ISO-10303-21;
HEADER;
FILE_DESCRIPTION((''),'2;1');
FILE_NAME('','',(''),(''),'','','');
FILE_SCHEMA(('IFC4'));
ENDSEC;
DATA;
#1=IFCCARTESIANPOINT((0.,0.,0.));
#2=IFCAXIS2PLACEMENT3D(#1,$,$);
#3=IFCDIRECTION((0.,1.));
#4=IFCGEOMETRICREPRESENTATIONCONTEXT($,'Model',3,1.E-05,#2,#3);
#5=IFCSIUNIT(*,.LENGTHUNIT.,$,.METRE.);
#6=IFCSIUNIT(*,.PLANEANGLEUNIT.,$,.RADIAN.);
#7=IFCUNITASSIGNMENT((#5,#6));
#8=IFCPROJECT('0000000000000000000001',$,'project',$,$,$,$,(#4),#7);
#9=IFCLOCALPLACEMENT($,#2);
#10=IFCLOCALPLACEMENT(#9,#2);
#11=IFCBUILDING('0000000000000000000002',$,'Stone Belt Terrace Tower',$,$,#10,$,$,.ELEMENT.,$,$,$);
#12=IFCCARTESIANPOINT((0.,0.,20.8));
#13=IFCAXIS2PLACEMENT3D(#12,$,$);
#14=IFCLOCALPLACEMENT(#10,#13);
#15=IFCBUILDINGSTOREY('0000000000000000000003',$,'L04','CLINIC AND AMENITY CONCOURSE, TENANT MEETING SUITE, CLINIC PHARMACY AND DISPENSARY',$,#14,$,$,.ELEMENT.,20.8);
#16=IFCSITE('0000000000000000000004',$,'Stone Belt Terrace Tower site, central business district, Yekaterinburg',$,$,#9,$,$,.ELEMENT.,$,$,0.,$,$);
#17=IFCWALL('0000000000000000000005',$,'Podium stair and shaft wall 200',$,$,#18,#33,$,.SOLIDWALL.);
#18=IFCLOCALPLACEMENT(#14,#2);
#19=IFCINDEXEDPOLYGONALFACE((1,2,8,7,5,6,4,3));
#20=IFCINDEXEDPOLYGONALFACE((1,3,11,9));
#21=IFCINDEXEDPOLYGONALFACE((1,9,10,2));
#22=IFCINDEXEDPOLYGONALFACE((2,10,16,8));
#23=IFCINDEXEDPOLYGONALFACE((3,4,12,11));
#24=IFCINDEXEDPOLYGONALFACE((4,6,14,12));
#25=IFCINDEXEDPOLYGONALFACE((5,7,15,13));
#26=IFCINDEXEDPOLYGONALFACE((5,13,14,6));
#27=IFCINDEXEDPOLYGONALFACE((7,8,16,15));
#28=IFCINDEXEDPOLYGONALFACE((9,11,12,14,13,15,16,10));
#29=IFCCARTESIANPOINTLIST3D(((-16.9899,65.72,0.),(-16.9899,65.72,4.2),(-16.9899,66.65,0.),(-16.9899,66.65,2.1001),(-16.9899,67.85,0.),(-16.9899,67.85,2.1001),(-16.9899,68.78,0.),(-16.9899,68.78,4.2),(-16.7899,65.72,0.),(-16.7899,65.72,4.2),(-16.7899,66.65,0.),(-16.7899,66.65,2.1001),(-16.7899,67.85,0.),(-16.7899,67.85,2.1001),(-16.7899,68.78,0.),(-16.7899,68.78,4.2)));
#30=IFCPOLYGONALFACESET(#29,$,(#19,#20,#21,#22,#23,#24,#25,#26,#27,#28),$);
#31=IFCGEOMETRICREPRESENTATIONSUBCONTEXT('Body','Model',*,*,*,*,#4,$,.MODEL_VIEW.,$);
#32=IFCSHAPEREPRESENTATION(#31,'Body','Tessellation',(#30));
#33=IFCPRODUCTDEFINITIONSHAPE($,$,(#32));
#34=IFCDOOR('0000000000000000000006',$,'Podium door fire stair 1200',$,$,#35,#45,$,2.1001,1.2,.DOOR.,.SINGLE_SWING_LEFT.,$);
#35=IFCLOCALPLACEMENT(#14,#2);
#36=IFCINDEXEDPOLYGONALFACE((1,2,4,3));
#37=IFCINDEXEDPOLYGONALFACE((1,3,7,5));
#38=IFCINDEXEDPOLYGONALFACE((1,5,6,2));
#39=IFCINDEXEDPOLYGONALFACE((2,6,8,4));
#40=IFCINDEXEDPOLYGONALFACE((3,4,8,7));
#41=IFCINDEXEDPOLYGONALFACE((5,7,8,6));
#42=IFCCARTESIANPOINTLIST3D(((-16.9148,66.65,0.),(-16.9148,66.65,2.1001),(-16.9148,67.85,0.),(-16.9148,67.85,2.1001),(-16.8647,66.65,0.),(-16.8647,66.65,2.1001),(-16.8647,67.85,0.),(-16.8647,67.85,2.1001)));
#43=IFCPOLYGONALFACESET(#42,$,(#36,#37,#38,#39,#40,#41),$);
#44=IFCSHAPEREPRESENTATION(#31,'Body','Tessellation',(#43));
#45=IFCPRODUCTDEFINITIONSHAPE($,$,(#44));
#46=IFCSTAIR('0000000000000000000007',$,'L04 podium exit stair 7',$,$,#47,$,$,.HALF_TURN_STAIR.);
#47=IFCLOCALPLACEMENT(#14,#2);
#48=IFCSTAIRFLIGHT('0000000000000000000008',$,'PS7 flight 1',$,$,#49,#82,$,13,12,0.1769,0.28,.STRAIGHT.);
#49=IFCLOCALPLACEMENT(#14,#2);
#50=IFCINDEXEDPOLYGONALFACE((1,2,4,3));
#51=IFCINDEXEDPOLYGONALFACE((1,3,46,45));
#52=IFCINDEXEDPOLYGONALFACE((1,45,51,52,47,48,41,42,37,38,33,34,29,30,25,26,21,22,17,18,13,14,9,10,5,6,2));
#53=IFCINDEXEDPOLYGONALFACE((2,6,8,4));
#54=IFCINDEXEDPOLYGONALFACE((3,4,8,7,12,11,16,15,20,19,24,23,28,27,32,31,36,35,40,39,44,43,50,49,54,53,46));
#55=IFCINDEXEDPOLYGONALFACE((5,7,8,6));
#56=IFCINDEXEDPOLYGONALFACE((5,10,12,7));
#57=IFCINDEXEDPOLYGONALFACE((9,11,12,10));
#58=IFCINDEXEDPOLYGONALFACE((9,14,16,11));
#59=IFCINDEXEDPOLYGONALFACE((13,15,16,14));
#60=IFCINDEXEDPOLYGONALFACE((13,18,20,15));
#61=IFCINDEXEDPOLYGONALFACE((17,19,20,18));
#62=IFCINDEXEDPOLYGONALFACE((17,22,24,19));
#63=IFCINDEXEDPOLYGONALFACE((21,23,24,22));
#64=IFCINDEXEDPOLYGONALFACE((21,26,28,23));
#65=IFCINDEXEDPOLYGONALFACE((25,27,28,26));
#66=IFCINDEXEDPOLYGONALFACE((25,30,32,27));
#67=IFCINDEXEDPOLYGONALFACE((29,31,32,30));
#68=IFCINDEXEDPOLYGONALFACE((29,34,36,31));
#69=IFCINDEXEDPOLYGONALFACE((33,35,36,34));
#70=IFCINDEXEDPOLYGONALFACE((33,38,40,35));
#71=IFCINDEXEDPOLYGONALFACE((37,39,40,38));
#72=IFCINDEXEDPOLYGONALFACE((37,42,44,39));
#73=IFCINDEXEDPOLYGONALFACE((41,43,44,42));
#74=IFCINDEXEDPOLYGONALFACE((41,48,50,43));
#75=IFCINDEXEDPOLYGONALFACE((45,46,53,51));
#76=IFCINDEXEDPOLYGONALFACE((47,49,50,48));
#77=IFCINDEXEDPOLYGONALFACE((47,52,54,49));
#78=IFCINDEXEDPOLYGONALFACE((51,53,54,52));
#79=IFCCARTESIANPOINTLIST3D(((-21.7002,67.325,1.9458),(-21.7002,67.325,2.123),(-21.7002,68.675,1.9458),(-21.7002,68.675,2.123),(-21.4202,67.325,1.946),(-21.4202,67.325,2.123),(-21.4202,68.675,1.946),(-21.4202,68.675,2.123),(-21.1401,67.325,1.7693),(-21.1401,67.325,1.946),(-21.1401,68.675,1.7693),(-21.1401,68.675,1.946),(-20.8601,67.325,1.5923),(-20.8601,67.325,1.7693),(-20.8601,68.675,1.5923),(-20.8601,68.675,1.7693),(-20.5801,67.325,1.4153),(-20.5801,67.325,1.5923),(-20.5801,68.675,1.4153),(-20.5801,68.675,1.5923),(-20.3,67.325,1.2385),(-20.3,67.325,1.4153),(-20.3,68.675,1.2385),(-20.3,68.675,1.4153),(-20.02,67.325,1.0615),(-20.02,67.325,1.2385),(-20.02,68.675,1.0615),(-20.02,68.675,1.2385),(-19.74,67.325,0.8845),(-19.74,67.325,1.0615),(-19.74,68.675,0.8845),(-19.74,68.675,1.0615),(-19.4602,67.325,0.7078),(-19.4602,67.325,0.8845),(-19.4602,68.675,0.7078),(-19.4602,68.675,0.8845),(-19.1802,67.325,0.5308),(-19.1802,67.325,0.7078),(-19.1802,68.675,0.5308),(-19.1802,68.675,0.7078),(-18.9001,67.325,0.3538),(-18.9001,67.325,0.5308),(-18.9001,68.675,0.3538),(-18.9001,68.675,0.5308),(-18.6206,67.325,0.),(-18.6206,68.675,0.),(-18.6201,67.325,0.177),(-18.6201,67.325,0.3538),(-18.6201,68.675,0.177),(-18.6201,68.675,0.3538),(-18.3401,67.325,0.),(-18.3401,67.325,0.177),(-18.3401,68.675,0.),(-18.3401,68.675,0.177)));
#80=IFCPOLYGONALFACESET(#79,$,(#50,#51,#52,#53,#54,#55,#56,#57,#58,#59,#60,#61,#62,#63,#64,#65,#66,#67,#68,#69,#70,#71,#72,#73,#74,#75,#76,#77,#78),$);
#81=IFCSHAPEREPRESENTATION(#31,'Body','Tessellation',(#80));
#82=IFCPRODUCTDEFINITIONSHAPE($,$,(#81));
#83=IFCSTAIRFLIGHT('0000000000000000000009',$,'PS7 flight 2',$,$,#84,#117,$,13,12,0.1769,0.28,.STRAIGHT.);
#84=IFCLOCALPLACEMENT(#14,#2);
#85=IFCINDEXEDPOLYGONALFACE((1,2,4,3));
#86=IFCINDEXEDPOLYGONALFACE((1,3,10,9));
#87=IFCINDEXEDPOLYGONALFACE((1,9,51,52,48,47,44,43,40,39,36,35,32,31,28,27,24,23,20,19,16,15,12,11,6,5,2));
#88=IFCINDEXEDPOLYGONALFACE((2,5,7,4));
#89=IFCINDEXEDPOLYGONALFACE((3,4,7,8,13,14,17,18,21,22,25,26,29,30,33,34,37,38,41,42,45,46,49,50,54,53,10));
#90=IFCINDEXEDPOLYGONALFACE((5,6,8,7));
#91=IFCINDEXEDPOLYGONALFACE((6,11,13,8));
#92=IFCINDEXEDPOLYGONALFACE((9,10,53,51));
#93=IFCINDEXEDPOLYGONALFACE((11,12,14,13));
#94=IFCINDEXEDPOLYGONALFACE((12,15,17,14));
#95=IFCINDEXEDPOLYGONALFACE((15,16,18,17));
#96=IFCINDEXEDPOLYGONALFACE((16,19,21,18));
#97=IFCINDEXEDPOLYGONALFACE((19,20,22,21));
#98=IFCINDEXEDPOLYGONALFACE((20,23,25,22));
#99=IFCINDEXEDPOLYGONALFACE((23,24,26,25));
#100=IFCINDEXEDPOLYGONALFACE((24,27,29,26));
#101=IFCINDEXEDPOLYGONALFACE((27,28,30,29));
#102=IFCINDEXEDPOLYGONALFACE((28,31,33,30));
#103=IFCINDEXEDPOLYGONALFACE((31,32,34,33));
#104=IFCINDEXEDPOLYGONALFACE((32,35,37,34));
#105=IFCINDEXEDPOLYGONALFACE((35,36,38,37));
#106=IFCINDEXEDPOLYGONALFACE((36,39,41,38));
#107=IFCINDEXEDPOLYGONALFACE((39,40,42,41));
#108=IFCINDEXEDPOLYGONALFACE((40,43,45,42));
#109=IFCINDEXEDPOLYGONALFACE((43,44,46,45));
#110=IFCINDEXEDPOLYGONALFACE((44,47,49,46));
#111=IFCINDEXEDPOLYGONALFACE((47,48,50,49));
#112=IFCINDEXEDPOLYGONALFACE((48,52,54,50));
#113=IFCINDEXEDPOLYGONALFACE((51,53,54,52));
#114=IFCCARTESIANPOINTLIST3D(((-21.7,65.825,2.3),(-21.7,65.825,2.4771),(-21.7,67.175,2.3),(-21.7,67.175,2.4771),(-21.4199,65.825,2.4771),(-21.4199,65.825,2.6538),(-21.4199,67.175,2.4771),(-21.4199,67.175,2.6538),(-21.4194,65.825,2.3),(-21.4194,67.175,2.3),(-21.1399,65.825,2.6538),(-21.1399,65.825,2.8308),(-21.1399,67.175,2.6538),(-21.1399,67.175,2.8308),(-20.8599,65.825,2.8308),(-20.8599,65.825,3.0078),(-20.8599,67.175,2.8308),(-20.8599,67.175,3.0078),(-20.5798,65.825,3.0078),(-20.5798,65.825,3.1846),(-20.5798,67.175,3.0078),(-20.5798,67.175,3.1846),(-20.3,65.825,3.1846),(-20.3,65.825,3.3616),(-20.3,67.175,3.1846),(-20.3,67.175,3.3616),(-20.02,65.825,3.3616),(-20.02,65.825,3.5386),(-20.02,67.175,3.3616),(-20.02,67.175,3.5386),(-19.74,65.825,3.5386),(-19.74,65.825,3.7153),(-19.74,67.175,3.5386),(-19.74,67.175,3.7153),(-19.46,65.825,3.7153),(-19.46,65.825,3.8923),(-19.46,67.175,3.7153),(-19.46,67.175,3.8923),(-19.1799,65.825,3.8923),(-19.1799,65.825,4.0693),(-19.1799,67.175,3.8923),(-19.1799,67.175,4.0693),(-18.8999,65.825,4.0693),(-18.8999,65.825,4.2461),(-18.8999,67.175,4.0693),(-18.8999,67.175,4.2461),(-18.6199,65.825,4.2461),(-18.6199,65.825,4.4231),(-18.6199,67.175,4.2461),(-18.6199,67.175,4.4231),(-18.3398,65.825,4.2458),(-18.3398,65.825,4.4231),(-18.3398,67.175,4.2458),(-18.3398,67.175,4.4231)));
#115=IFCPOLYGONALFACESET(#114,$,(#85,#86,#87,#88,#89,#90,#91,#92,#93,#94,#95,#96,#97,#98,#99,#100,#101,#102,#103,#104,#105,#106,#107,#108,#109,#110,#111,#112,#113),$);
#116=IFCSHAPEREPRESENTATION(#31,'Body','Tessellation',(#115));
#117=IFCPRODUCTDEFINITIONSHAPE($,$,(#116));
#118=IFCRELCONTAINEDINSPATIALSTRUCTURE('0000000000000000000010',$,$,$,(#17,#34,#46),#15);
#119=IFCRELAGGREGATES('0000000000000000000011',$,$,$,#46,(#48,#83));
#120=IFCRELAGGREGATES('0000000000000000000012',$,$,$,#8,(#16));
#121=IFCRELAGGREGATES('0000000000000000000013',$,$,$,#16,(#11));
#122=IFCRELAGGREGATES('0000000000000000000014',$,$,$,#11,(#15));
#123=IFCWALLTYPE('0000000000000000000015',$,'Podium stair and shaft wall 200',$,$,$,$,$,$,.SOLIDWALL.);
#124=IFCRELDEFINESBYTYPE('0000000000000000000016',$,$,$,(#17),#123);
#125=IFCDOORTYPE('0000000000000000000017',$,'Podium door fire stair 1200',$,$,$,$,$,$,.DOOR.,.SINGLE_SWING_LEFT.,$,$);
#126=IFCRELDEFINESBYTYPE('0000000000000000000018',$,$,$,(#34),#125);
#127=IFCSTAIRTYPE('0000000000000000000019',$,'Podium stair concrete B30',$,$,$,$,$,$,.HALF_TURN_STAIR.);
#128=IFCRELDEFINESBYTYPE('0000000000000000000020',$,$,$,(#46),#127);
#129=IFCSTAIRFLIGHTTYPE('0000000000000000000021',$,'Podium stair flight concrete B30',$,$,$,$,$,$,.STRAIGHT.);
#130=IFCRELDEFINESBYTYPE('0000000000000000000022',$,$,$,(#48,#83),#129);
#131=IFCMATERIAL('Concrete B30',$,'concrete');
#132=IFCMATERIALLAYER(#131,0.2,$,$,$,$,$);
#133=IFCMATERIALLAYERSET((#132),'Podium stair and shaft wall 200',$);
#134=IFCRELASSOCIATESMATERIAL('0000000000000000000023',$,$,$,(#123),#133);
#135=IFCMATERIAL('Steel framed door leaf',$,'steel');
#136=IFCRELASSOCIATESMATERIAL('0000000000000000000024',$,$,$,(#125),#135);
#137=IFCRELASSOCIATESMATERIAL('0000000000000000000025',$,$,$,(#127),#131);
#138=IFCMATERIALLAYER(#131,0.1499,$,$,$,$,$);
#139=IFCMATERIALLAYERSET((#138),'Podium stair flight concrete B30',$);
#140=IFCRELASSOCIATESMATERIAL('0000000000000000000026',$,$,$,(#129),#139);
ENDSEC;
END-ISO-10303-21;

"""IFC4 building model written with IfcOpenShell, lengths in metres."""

from ifc_helpers import new_model, si_unit, direction, frame, frame_2d, origin, place, context, subcontext, project, spatial, polyline, rectangle, outline, extrude, material, layer, layer_set, type_object, element, fill, aggregate, save


model = new_model("IFC4")

# Units and contexts
model_context = context("Model", 3, precision=1e-05, world=origin(), true_north=direction((0.0, 1.0)))
body_context = subcontext(model_context, "Body", "Model", "MODEL_VIEW")
ifc_project = project(units=[si_unit("LENGTHUNIT", "METRE"), si_unit("PLANEANGLEUNIT", "RADIAN")], contexts=[model_context])

# Site, building, storey
site_placement = place(None, origin())
site = spatial("IfcSite", under=ifc_project, at=site_placement, Name="Stone Belt Terrace Tower site, central business district, Yekaterinburg", CompositionType="ELEMENT", RefElevation=0.0)
building_placement = place(site_placement, origin())
building = spatial("IfcBuilding", under=site, at=building_placement, Name="Stone Belt Terrace Tower", CompositionType="ELEMENT")
storey_placement = place(building_placement, frame((0.0, 0.0, 20.8)))
storey = spatial("IfcBuildingStorey", under=building, at=storey_placement, Name="L04", Description="CLINIC AND AMENITY CONCOURSE, TENANT MEETING SUITE, CLINIC PHARMACY AND DISPENSARY", CompositionType="ELEMENT", Elevation=20.8)

# Wall, opening, door
ifc_material_1 = material(Name="Concrete B30", Category="concrete")
ifc_layer_1 = layer(ifc_material_1, 0.2)
ifc_layer_set_1 = layer_set([ifc_layer_1], Name="Podium stair and shaft wall 200")
wall_type_1 = type_object("IfcWallType", Name="Podium stair and shaft wall 200", PredefinedType="SOLIDWALL", material=ifc_layer_set_1)
wall_1_placement = place(storey_placement, frame((-16.8899, 65.72, 0.0), z_axis=(0.0, 0.0, 1.0), x_axis=(0.0, 1.0, 0.0)))
wall_1 = element("IfcWall", 1, at=wall_1_placement, inside=storey, type_object=wall_type_1, Name="Podium stair and shaft wall 200", PredefinedType="SOLIDWALL", context=body_context, shape_type="SweptSolid", body=[
    extrude(rectangle(XDim=3.0601, YDim=0.2, at=frame_2d((1.53, 0.0))), origin(), (0.0, 0.0, 1.0), 4.2),
])
opening_placement = place(wall_1_placement, frame((0.9299, 0.0, 0.0)))
opening = element("IfcOpeningElement", 2, at=opening_placement, cuts=wall_1, PredefinedType="OPENING", context=body_context, shape_type="SweptSolid", body=[
    extrude(rectangle(XDim=1.2, YDim=2.1001, at=frame_2d((0.6001, 1.05))), frame((0.0, 0.1099, 0.0), z_axis=(0.0, -1.0, 0.0), x_axis=(1.0, 0.0, 0.0)), (0.0, 0.0, 1.0), 0.22),
])
ifc_material_2 = material(Name="Steel framed door leaf", Category="steel")
door_type = type_object("IfcDoorType", Name="Podium door fire stair 1200", OperationType="SINGLE_SWING_LEFT", PredefinedType="DOOR", material=ifc_material_2)
door_placement = place(opening_placement, origin())
door = element("IfcDoor", 3, at=door_placement, inside=storey, type_object=door_type, Name="Podium door fire stair 1200", OperationType="SINGLE_SWING_LEFT", OverallHeight=2.1001, OverallWidth=1.2, PredefinedType="DOOR", context=body_context, shape_type="SweptSolid", body=[
    extrude(rectangle(XDim=1.2, YDim=2.1001, at=frame_2d((0.6001, 1.05))), frame((0.0, 0.0249, 0.0), z_axis=(0.0, -1.0, 0.0), x_axis=(1.0, 0.0, 0.0)), (0.0, 0.0, 1.0), 0.05),
])
fill(opening, door)

# Stair, stair flights
stair_type = type_object("IfcStairType", Name="Podium stair concrete B30", PredefinedType="HALF_TURN_STAIR", material=ifc_material_1)
stair_placement = place(storey_placement, origin())
stair = element("IfcStair", 4, at=stair_placement, inside=storey, type_object=stair_type, Name="L04 podium exit stair 7", PredefinedType="HALF_TURN_STAIR")
ifc_layer_2 = layer(ifc_material_1, 0.1499)
ifc_layer_set_2 = layer_set([ifc_layer_2], Name="Podium stair flight concrete B30")
stair_flight_type = type_object("IfcStairFlightType", Name="Podium stair flight concrete B30", PredefinedType="STRAIGHT", material=ifc_layer_set_2)
stair_flight_1_placement = place(storey_placement, frame((-18.3401, 68.0, 0.0), z_axis=(0.0, 0.0, 1.0), x_axis=(-1.0, 0.0, 0.0)))
stair_flight_1 = element("IfcStairFlight", 5, at=stair_flight_1_placement, type_object=stair_flight_type, Name="PS7 flight 1", NumberOfRisers=13, NumberOfTreads=12, PredefinedType="STRAIGHT", RiserHeight=0.1769, TreadLength=0.28, context=body_context, shape_type="SweptSolid", body=[
    extrude(outline(polyline([(0.0, 0.0), (0.0, 0.177), (0.28, 0.177), (0.28, 0.3538), (0.5601, 0.3538), (0.5601, 0.5308), (0.8401, 0.5308), (0.8401, 0.7078), (1.1201, 0.7078), (1.1201, 0.8845), (1.3999, 0.8845), (1.3999, 1.0615), (1.6799, 1.0615), (1.6799, 1.2385), (1.96, 1.2385), (1.96, 1.4153), (2.24, 1.4153), (2.24, 1.5923), (2.52, 1.5923), (2.52, 1.7693), (2.8, 1.7693), (2.8, 1.946), (3.0801, 1.946), (3.0801, 2.123), (3.3601, 2.123), (3.3601, 2.3), (3.3601, 1.9458), (0.2805, 0.0), (0.0, 0.0)])), frame((0.0, 0.675, 0.0), z_axis=(0.0, -1.0, 0.0), x_axis=(1.0, 0.0, 0.0)), (0.0, 0.0, 1.0), 1.3501),
])
stair_flight_2_placement = place(storey_placement, frame((-21.7, 66.5, 2.3), z_axis=(0.0, 0.0, 1.0), x_axis=(1.0, 0.0, 0.0)))
stair_flight_2 = element("IfcStairFlight", 6, at=stair_flight_2_placement, type_object=stair_flight_type, Name="PS7 flight 2", NumberOfRisers=13, NumberOfTreads=12, PredefinedType="STRAIGHT", RiserHeight=0.1769, TreadLength=0.28, context=body_context, shape_type="SweptSolid", body=[
    extrude(outline(polyline([(0.0, 0.0), (0.0, 0.177), (0.28, 0.177), (0.28, 0.3538), (0.5601, 0.3538), (0.5601, 0.5308), (0.8401, 0.5308), (0.8401, 0.7078), (1.1201, 0.7078), (1.1201, 0.8845), (1.3999, 0.8845), (1.3999, 1.0615), (1.6799, 1.0615), (1.6799, 1.2385), (1.96, 1.2385), (1.96, 1.4153), (2.24, 1.4153), (2.24, 1.5923), (2.52, 1.5923), (2.52, 1.7693), (2.8, 1.7693), (2.8, 1.946), (3.0801, 1.946), (3.0801, 2.123), (3.3601, 2.123), (3.3601, 2.3), (3.3601, 1.9458), (0.2805, 0.0), (0.0, 0.0)])), frame((0.0, 0.675, 0.0), z_axis=(0.0, -1.0, 0.0), x_axis=(1.0, 0.0, 0.0)), (0.0, 0.0, 1.0), 1.3501),
])
aggregate(stair, [stair_flight_1, stair_flight_2])

save(model, "model.ifc")
